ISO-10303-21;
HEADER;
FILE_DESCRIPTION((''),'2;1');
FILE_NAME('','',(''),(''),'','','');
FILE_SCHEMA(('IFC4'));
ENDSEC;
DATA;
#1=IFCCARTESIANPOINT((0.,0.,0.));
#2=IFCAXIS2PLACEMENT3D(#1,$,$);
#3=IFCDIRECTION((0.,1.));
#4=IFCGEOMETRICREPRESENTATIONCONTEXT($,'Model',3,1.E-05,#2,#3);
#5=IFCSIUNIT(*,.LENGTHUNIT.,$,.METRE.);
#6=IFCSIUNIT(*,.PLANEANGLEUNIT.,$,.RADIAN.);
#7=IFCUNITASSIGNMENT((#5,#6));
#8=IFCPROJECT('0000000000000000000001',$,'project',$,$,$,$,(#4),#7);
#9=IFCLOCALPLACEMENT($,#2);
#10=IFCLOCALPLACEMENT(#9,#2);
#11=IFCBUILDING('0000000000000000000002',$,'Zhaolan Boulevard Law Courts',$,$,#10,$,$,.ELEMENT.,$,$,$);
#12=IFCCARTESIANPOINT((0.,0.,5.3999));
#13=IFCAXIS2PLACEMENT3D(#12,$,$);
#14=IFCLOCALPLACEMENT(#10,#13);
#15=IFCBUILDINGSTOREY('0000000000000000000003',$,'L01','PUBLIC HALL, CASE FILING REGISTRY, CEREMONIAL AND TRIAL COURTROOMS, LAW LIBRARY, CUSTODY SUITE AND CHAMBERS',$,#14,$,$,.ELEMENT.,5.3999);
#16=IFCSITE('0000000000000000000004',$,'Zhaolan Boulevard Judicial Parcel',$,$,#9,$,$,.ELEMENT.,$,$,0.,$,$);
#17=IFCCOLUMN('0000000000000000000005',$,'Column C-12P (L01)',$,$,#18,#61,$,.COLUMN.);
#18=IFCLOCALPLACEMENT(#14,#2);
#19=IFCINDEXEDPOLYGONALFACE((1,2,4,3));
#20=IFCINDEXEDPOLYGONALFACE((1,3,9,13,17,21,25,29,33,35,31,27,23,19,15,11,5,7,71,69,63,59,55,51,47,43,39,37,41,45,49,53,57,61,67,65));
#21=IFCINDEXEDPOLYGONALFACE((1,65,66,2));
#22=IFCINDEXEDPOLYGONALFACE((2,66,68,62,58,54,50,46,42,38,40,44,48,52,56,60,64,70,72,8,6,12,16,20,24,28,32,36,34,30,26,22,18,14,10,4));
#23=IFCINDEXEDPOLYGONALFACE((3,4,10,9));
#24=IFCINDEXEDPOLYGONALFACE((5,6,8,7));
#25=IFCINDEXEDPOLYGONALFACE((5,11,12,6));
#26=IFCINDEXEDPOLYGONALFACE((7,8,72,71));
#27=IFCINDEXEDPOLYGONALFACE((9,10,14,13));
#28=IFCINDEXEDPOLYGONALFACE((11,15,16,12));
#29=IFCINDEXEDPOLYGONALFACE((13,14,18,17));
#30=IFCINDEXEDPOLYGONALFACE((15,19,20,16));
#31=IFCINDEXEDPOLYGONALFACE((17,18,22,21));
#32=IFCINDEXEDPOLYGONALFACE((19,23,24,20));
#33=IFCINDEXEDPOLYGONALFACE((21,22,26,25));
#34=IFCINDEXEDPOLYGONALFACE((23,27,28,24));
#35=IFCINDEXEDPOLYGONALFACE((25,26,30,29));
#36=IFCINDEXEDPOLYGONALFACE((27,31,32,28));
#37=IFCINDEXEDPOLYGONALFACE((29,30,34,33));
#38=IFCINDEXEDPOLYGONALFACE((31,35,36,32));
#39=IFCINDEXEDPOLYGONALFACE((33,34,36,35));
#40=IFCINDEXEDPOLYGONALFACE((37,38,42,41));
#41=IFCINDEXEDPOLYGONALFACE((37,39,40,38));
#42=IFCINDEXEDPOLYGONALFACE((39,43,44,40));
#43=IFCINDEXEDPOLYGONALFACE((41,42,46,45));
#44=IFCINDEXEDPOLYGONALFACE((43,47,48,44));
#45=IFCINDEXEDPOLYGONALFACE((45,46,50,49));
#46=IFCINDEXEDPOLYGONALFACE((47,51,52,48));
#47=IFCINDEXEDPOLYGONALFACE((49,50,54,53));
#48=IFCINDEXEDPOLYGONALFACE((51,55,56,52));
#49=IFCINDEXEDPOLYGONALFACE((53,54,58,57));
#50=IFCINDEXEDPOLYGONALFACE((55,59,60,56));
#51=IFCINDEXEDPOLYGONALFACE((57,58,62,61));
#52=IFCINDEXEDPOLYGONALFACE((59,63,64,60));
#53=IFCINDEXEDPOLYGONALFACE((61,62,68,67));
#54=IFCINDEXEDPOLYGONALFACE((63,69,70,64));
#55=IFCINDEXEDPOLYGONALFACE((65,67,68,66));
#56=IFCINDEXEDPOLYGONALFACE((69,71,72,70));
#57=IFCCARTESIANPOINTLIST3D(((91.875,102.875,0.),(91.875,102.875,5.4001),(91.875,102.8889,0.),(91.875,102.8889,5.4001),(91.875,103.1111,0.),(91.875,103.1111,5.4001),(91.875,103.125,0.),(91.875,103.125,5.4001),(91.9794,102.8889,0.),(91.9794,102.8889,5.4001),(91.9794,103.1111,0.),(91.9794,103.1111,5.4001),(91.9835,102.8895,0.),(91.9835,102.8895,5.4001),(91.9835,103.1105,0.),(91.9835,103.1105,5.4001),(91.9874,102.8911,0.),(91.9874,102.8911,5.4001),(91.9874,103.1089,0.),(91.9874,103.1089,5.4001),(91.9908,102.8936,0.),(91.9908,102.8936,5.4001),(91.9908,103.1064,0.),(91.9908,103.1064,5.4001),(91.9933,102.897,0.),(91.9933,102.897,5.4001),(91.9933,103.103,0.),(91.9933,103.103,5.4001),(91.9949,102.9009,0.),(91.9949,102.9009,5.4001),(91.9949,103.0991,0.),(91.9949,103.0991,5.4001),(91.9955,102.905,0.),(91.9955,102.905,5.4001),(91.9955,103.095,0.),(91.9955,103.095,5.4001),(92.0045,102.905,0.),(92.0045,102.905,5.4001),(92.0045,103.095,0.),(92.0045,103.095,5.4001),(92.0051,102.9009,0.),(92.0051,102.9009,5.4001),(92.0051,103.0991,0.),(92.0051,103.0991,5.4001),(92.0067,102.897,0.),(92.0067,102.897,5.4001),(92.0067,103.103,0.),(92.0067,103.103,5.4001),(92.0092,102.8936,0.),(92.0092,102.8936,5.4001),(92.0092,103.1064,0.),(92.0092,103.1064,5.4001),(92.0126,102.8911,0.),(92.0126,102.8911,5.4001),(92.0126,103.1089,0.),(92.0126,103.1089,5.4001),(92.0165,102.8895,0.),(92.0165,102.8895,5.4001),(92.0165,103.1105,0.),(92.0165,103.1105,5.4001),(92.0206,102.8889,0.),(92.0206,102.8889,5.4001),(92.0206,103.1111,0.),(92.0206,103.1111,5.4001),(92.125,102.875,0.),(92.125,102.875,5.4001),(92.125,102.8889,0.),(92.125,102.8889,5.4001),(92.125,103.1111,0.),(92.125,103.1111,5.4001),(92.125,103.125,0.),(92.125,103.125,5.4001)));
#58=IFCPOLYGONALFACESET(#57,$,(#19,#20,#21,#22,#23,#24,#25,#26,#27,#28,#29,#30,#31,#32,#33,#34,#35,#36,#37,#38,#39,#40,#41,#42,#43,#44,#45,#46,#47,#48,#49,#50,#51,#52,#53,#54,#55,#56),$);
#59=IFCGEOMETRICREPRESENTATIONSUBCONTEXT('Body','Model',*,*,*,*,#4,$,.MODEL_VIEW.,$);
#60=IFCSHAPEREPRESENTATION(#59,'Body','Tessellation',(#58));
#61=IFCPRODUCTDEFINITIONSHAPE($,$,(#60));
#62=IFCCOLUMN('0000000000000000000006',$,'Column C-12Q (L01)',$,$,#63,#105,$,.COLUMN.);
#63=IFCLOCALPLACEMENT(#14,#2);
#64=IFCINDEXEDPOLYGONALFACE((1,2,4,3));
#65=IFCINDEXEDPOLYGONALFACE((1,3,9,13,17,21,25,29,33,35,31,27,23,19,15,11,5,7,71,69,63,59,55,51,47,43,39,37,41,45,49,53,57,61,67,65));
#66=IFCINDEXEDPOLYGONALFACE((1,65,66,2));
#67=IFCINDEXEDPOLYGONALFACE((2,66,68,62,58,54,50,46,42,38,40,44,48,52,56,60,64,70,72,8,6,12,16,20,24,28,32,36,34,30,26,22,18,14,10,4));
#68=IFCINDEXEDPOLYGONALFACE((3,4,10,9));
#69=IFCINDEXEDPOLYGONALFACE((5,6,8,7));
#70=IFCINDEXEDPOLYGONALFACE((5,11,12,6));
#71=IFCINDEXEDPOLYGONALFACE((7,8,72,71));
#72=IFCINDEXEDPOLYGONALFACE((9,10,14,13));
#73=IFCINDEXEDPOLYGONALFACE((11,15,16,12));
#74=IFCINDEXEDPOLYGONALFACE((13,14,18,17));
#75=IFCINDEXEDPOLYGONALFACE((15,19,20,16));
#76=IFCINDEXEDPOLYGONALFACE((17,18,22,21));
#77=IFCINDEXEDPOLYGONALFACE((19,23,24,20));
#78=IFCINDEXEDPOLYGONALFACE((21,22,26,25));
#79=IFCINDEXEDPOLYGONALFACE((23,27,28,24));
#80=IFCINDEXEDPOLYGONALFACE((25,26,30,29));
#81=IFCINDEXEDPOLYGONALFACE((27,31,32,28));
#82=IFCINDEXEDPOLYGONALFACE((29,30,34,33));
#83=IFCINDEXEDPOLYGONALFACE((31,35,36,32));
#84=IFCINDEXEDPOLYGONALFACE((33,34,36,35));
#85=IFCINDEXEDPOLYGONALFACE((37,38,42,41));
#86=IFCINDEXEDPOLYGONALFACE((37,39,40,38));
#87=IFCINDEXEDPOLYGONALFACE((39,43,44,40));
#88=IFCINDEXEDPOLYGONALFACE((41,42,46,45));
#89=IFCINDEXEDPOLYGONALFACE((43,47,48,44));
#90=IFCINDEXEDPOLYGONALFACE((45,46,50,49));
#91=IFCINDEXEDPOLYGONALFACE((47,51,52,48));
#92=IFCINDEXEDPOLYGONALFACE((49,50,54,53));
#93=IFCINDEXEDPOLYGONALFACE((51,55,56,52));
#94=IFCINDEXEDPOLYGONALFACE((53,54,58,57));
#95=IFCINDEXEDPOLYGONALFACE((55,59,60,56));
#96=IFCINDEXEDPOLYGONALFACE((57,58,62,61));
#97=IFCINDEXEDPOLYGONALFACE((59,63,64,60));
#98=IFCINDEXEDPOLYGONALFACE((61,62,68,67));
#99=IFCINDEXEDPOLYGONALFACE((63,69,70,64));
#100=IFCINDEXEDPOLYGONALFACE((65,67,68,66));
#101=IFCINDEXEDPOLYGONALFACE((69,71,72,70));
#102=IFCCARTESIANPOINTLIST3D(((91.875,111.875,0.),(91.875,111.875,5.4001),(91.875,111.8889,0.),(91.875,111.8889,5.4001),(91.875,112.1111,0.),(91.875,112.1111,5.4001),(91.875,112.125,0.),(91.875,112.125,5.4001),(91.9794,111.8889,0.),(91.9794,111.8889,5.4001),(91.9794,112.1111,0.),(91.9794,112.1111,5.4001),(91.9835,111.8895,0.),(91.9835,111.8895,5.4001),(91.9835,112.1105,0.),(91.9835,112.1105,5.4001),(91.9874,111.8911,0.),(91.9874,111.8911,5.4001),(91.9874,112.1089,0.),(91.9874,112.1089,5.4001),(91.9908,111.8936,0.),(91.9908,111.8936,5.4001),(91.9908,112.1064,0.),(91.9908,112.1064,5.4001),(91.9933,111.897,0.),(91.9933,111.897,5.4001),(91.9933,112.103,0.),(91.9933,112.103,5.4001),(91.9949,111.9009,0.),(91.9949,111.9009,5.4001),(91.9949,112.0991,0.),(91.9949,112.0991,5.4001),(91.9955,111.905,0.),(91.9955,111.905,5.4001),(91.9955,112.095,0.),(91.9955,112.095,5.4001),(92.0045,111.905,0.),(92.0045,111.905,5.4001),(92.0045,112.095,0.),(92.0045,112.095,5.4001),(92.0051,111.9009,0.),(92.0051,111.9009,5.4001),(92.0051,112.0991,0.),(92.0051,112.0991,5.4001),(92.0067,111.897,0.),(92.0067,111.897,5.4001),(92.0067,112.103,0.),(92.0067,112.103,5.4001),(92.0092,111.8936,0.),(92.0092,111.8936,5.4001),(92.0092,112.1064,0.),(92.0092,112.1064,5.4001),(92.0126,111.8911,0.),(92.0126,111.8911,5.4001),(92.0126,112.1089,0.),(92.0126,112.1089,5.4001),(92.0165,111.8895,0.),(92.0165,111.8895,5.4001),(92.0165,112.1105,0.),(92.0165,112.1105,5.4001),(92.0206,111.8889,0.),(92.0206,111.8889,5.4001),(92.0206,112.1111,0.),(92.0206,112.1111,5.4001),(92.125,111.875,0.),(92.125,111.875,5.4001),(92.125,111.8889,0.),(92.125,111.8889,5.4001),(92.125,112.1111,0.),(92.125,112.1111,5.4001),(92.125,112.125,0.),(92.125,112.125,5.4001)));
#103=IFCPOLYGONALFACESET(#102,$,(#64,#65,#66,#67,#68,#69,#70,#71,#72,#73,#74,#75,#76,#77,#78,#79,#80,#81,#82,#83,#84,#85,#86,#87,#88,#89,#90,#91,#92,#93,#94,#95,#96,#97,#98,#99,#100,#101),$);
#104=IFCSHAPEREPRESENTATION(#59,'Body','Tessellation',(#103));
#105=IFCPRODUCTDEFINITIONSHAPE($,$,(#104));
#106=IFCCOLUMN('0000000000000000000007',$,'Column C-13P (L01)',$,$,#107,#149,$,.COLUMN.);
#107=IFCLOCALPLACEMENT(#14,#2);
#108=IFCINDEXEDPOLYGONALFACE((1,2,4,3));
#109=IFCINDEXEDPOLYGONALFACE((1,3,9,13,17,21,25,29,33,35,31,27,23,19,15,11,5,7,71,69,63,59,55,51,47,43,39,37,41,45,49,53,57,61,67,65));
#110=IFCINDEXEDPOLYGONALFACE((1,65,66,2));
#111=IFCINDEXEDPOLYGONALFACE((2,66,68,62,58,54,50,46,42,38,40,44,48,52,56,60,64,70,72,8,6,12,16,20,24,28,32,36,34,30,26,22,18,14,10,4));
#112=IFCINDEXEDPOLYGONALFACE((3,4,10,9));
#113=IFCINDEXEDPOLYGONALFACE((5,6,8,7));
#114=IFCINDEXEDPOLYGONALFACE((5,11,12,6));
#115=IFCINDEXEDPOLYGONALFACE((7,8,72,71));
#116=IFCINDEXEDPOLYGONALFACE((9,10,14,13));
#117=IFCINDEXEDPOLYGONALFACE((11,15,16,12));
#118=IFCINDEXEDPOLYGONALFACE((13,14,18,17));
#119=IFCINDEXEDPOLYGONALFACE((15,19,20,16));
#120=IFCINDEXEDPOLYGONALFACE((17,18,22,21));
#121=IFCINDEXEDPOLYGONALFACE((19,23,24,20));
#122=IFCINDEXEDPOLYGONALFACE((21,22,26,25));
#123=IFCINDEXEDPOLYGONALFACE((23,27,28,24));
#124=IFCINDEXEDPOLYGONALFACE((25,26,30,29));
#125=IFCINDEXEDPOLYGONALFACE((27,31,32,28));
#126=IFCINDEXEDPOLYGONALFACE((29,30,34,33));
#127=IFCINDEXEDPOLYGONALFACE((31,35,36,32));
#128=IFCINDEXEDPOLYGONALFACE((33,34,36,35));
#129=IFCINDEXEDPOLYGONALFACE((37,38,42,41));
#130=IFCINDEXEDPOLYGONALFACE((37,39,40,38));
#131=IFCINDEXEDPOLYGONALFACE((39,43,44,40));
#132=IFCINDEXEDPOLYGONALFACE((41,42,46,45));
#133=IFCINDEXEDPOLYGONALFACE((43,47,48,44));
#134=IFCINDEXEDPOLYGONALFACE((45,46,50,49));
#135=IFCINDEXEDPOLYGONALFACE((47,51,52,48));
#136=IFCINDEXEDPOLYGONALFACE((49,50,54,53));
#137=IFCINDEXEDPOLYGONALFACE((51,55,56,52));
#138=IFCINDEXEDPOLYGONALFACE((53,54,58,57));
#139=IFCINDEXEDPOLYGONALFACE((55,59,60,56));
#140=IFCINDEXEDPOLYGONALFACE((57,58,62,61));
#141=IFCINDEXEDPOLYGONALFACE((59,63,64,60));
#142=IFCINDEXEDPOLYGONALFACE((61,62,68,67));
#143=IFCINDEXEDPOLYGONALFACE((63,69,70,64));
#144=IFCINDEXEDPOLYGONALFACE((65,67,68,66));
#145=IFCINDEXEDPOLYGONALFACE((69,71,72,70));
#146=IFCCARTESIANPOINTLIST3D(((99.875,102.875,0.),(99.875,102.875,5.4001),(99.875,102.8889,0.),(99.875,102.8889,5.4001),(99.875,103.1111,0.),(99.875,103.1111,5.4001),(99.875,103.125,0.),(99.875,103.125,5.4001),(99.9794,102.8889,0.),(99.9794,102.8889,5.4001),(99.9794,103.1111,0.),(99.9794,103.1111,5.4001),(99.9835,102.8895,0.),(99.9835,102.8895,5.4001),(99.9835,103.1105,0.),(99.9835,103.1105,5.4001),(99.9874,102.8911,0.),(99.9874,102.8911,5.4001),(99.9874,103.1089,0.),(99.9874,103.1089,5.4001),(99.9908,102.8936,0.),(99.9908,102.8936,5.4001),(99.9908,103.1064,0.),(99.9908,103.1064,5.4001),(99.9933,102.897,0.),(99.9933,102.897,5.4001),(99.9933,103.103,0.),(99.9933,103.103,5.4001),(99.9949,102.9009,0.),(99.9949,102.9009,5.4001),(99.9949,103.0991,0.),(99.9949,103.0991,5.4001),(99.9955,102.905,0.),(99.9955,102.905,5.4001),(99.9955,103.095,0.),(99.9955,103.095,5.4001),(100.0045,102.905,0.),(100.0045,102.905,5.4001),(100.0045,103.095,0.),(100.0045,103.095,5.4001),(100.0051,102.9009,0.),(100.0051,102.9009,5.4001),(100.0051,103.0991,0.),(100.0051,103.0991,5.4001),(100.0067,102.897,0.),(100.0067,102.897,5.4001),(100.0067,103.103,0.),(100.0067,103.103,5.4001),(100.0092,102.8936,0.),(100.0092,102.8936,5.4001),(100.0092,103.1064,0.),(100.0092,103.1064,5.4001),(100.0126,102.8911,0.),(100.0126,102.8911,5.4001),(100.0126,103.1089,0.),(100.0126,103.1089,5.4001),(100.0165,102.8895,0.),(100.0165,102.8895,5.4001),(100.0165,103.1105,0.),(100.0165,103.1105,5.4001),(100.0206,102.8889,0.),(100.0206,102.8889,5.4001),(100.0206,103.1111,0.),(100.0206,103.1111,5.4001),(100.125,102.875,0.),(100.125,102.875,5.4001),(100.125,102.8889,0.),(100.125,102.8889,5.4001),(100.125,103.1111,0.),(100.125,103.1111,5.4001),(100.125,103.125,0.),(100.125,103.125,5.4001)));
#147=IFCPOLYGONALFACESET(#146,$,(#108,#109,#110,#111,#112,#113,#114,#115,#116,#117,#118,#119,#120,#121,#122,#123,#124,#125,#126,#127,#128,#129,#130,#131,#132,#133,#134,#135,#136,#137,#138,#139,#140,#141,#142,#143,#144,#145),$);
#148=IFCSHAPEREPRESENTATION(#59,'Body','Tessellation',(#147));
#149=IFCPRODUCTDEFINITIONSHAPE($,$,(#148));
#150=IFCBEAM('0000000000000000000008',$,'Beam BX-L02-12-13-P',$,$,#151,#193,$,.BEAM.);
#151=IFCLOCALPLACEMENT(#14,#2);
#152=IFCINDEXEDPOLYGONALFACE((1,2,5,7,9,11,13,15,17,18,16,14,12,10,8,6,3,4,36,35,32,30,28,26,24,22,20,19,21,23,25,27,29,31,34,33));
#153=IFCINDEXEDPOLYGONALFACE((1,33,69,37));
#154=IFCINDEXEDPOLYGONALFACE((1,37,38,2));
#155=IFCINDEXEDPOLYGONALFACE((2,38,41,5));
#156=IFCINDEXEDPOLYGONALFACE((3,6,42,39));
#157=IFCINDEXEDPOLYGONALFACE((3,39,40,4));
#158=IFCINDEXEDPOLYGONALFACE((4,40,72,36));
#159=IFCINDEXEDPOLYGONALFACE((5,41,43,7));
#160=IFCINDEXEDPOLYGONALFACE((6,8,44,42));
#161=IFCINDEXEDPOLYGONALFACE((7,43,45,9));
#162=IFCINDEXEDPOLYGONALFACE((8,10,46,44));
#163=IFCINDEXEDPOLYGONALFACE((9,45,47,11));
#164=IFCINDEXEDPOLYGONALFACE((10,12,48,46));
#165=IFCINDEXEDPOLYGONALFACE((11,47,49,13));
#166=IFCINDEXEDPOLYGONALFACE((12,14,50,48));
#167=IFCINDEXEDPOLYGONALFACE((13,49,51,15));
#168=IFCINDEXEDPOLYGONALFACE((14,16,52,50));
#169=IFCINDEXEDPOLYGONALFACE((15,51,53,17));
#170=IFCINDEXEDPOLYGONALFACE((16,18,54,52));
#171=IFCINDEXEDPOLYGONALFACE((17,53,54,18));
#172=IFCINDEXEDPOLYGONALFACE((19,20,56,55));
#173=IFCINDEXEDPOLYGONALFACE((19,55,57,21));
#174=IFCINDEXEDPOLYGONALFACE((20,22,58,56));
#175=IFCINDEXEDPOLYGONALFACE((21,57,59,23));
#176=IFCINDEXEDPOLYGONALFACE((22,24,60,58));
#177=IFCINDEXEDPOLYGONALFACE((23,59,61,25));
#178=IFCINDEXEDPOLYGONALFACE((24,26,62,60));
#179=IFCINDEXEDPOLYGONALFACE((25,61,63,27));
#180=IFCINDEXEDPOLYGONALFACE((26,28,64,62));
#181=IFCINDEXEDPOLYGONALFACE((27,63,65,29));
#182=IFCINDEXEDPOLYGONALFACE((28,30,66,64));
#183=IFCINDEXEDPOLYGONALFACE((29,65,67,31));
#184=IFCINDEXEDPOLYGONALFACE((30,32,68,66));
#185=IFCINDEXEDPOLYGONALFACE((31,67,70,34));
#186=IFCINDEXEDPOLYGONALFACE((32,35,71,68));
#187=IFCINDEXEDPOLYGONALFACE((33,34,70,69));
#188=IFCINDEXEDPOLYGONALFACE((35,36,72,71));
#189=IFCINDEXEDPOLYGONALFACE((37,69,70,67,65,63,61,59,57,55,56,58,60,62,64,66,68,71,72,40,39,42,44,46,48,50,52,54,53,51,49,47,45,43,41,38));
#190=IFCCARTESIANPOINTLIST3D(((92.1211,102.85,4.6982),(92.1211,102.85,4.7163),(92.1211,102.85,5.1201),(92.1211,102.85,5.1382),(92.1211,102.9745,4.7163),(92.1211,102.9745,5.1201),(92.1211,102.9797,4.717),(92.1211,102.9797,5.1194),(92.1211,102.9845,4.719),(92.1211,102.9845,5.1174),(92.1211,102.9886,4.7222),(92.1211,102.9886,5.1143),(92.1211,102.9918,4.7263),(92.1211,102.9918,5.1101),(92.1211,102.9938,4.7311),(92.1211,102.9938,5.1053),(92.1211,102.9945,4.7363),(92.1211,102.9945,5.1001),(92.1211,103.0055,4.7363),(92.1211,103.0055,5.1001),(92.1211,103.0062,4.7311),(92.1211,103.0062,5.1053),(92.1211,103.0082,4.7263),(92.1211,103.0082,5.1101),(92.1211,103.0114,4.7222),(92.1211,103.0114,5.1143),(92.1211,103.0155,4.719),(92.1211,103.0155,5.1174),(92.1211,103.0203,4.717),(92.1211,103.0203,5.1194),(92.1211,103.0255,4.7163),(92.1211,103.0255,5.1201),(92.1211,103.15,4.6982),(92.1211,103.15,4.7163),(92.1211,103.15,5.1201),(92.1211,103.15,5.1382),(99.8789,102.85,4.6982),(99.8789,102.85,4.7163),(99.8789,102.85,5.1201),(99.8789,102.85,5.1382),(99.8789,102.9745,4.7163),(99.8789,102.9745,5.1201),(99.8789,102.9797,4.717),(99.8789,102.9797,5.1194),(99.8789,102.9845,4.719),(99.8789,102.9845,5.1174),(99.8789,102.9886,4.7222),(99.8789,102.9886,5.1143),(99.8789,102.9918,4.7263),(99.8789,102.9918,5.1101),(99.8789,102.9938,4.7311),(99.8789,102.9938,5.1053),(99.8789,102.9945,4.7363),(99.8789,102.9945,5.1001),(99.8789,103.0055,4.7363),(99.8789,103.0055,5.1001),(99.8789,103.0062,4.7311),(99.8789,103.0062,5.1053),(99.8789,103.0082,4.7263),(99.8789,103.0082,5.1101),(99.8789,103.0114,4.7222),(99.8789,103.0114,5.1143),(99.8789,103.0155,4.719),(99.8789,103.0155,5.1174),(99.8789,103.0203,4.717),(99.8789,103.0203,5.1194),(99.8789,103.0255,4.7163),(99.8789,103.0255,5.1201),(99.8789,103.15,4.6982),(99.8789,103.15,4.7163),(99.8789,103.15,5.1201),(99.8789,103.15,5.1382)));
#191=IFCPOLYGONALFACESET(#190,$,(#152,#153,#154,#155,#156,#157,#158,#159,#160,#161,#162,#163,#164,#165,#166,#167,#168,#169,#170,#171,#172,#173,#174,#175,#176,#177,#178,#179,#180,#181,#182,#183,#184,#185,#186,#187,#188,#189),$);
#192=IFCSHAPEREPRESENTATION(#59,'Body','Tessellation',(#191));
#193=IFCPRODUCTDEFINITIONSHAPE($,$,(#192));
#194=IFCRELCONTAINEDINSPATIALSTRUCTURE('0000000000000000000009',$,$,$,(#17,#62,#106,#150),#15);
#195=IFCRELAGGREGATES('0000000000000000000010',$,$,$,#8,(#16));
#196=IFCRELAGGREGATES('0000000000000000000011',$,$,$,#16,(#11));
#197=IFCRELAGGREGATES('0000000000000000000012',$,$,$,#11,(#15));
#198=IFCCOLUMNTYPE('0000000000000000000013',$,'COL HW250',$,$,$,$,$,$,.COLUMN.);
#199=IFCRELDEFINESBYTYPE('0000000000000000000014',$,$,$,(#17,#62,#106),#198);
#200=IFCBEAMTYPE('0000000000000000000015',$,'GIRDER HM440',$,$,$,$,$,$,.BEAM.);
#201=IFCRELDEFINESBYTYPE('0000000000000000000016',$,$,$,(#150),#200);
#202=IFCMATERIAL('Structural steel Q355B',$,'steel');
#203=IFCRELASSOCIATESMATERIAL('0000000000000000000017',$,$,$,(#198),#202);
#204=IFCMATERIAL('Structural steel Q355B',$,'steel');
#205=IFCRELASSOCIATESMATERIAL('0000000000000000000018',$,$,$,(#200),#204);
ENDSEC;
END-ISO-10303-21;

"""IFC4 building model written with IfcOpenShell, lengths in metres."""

from ifc_helpers import new_model, si_unit, direction, frame, origin, origin_2d, place, context, subcontext, project, spatial, i_section, extrude, material, material_profile, profile_set, type_object, element, save


model = new_model("IFC4")

# Units and contexts
model_context = context("Model", 3, precision=1e-05, world=origin(), true_north=direction((0.0, 1.0)))
body_context = subcontext(model_context, "Body", "Model", "MODEL_VIEW")
ifc_project = project(units=[si_unit("LENGTHUNIT", "METRE"), si_unit("PLANEANGLEUNIT", "RADIAN")], contexts=[model_context])

# Site, building, storey
site_placement = place(None, origin())
site = spatial("IfcSite", under=ifc_project, at=site_placement, Name="Zhaolan Boulevard Judicial Parcel", CompositionType="ELEMENT", RefElevation=0.0)
building_placement = place(site_placement, origin())
building = spatial("IfcBuilding", under=site, at=building_placement, Name="Zhaolan Boulevard Law Courts", CompositionType="ELEMENT")
storey_placement = place(building_placement, frame((0.0, 0.0, 5.3999)))
storey = spatial("IfcBuildingStorey", under=building, at=storey_placement, Name="L01", Description="PUBLIC HALL, CASE FILING REGISTRY, CEREMONIAL AND TRIAL COURTROOMS, LAW LIBRARY, CUSTODY SUITE AND CHAMBERS", CompositionType="ELEMENT", Elevation=5.3999)

# Columns
ifc_material_1 = material(Name="Structural steel Q355B", Category="steel")
ifc_material_profile_1 = material_profile(ifc_material_1, i_section(OverallWidth=0.25, OverallDepth=0.25, WebThickness=0.009, FlangeThickness=0.0139, FilletRadius=0.0161, at=origin_2d()), Name="HW250x250")
ifc_profile_set_1 = profile_set([ifc_material_profile_1], Name="Structural steel Q355B")
column_type = type_object("IfcColumnType", Name="COL HW250", PredefinedType="COLUMN", material=ifc_profile_set_1)
for number, where, z_axis, x_axis, name in (
    (1, (92.0, 103.0, 0.0), (0.0, 0.0, 1.0), (1.0, 0.0, 0.0), "Column C-12P (L01)"),
    (2, (92.0, 112.0, 0.0), (0.0, 0.0, 1.0), (1.0, 0.0, 0.0), "Column C-12Q (L01)"),
    (3, (100.0, 103.0, 0.0), (0.0, 0.0, 1.0), (1.0, 0.0, 0.0), "Column C-13P (L01)"),
):
    element("IfcColumn", number, at=place(storey_placement, frame(where, z_axis=z_axis, x_axis=x_axis)), inside=storey, type_object=column_type, Name=name, PredefinedType="COLUMN", context=body_context, shape_type="SweptSolid", body=[
        extrude(i_section(OverallWidth=0.25, OverallDepth=0.25, WebThickness=0.009, FlangeThickness=0.0139, FilletRadius=0.0161, at=origin_2d()), origin(), (0.0, 0.0, 1.0), 5.4001),
    ])

# Beam
ifc_material_2 = material(Name="Structural steel Q355B", Category="steel")
ifc_material_profile_2 = material_profile(ifc_material_2, i_section(OverallWidth=0.3, OverallDepth=0.4399, WebThickness=0.011, FlangeThickness=0.0181, FilletRadius=0.02, at=origin_2d()), Name="HM440x300")
ifc_profile_set_2 = profile_set([ifc_material_profile_2], Name="Structural steel Q355B")
beam_type_1 = type_object("IfcBeamType", Name="GIRDER HM440", PredefinedType="BEAM", material=ifc_profile_set_2)
beam_1_placement = place(storey_placement, frame((92.1211, 103.0, 4.9182), z_axis=(1.0, 0.0, 0.0), x_axis=(0.0, 1.0, 0.0)))
element("IfcBeam", 4, at=beam_1_placement, inside=storey, type_object=beam_type_1, Name="Beam BX-L02-12-13-P", PredefinedType="BEAM", context=body_context, shape_type="SweptSolid", body=[
    extrude(i_section(OverallWidth=0.3, OverallDepth=0.4399, WebThickness=0.011, FlangeThickness=0.0181, FilletRadius=0.02, at=origin_2d()), origin(), (0.0, 0.0, 1.0), 7.7578),
])

save(model, "model.ifc")
